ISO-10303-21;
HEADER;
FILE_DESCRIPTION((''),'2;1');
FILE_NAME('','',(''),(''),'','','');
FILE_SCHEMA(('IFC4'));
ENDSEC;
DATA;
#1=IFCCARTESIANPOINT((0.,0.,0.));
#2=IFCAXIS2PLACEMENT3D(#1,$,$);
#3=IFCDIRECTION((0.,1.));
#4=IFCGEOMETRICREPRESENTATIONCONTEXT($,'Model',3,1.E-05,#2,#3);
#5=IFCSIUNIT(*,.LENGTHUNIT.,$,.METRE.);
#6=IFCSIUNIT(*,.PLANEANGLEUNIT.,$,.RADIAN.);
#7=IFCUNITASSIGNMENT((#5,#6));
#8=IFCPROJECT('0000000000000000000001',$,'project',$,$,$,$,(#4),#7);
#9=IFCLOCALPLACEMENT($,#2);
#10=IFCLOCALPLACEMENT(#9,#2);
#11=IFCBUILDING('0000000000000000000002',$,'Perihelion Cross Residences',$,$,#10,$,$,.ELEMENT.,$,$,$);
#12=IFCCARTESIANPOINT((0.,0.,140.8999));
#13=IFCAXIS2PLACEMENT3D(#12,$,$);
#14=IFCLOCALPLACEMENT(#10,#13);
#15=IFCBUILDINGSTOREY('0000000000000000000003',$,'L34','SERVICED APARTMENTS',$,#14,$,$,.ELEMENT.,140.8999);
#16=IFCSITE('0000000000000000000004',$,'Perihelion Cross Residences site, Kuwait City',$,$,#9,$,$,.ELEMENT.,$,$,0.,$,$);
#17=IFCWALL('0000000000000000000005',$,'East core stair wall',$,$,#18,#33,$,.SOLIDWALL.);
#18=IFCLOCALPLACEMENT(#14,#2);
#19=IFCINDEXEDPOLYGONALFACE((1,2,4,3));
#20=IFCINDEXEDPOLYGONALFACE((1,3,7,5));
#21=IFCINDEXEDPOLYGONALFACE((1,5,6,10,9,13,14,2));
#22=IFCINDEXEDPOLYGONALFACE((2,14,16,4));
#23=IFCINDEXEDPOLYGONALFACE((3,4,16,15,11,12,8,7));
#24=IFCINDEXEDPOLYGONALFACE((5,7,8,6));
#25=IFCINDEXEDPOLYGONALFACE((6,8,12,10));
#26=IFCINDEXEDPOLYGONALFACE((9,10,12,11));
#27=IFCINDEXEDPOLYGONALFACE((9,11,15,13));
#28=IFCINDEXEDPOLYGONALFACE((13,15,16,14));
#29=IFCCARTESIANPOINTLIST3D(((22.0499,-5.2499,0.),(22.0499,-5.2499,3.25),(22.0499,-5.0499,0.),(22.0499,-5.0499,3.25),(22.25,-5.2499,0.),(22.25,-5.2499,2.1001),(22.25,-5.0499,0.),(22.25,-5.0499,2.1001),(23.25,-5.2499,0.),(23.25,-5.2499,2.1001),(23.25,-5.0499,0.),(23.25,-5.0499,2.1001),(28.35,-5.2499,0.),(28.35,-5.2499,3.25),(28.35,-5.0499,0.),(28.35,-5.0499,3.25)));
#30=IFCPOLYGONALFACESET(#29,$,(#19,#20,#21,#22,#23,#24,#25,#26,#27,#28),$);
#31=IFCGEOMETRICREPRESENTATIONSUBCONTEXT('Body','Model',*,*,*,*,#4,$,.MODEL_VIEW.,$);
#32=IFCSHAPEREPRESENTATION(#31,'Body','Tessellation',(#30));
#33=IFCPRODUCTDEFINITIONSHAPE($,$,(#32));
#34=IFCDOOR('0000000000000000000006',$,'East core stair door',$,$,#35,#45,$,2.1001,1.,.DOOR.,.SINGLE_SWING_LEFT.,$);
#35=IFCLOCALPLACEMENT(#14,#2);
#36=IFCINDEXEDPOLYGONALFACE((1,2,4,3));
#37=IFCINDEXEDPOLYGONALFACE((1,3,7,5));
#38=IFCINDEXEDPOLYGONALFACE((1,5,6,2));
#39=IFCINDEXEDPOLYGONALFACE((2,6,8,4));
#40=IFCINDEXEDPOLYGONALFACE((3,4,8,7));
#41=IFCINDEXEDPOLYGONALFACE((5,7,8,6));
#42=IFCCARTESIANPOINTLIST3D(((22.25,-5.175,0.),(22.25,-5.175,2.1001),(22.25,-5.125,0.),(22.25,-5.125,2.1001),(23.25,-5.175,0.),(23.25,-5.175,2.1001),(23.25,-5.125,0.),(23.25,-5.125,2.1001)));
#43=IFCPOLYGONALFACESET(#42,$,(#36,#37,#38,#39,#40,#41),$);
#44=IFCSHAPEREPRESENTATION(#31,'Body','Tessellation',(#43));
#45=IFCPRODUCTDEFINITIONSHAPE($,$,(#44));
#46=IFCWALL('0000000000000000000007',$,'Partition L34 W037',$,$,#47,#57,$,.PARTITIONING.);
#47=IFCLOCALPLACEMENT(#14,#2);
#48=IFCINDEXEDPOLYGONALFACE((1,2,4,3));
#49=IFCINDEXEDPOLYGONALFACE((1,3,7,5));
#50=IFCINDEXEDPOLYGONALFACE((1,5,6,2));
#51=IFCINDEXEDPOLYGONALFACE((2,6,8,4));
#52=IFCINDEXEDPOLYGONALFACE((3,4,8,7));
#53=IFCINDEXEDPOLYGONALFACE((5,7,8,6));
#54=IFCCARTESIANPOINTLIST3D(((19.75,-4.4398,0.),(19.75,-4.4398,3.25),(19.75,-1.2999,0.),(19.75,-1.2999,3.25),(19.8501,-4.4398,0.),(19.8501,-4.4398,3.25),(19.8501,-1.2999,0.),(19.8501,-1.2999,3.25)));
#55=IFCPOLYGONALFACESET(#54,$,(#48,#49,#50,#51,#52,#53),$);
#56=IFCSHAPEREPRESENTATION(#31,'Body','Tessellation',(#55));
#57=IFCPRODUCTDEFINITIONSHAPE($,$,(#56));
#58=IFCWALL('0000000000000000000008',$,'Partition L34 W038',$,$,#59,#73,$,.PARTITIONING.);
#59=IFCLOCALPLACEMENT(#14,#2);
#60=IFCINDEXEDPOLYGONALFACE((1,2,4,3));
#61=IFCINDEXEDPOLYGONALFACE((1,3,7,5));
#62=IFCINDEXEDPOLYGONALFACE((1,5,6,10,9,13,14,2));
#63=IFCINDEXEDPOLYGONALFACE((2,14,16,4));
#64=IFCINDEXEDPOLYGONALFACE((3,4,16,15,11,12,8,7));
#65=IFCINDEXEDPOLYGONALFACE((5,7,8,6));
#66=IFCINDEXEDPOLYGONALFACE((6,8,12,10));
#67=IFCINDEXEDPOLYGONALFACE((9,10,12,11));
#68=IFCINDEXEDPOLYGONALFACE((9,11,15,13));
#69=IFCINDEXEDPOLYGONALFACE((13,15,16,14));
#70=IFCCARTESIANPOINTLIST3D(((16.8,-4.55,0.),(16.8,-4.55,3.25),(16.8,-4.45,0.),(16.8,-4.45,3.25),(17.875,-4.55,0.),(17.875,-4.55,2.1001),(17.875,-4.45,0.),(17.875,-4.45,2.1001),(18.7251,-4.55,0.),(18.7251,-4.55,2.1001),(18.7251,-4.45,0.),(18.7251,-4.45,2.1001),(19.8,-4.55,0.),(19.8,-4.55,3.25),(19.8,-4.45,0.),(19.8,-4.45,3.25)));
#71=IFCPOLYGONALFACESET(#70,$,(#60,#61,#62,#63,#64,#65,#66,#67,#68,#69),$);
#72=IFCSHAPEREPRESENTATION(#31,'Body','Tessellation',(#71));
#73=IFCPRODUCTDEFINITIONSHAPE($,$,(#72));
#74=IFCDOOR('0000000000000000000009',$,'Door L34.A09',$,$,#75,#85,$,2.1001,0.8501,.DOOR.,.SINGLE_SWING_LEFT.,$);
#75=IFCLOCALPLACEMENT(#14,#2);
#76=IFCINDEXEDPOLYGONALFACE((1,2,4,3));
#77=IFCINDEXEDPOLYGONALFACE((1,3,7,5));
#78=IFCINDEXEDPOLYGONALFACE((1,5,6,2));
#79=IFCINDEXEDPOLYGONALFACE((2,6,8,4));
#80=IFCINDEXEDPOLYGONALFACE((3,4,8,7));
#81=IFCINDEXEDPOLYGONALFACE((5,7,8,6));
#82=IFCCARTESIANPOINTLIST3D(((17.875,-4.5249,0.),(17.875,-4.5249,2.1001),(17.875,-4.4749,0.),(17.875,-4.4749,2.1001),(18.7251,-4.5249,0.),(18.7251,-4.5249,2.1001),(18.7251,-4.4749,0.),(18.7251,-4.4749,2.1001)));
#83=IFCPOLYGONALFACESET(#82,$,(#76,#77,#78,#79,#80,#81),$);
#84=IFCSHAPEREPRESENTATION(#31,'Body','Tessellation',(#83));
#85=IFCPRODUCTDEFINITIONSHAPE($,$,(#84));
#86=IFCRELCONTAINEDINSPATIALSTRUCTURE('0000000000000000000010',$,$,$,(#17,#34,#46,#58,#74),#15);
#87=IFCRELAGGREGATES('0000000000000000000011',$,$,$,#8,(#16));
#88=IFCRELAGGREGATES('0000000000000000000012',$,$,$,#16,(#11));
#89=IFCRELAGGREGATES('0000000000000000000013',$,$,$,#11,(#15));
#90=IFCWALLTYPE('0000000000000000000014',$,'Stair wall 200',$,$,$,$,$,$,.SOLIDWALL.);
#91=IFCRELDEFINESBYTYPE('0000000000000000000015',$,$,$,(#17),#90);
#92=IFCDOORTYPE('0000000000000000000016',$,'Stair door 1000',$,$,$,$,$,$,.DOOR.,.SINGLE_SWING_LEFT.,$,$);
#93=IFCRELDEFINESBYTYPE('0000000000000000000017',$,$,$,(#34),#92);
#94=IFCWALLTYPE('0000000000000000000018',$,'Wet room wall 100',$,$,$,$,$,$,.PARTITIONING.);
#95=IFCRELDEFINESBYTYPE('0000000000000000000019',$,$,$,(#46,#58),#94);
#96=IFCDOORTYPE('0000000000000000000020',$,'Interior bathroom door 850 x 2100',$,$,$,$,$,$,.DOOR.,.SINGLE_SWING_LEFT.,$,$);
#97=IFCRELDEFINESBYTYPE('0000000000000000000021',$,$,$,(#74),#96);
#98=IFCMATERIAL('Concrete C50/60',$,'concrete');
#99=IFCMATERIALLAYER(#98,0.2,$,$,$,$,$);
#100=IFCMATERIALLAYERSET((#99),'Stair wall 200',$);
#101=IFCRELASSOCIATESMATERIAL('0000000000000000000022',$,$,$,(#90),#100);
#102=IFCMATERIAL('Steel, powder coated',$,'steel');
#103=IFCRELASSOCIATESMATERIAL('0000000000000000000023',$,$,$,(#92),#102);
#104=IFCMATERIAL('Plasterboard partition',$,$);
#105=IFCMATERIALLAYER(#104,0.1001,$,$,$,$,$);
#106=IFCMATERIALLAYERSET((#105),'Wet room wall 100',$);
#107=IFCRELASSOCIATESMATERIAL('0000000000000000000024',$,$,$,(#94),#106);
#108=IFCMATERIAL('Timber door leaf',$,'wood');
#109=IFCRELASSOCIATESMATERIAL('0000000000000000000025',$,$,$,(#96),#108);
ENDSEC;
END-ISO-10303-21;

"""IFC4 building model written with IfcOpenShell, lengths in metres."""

from ifc_helpers import new_model, si_unit, direction, frame, frame_2d, origin, place, context, subcontext, project, spatial, rectangle, extrude, material, layer, layer_set, type_object, element, fill, save


model = new_model("IFC4")

# Units and contexts
model_context = context("Model", 3, precision=1e-05, world=origin(), true_north=direction((0.0, 1.0)))
body_context = subcontext(model_context, "Body", "Model", "MODEL_VIEW")
ifc_project = project(units=[si_unit("LENGTHUNIT", "METRE"), si_unit("PLANEANGLEUNIT", "RADIAN")], contexts=[model_context])

# Site, building, storey
site_placement = place(None, origin())
site = spatial("IfcSite", under=ifc_project, at=site_placement, Name="Perihelion Cross Residences site, Kuwait City", CompositionType="ELEMENT", RefElevation=0.0)
building_placement = place(site_placement, origin())
building = spatial("IfcBuilding", under=site, at=building_placement, Name="Perihelion Cross Residences", CompositionType="ELEMENT")
storey_placement = place(building_placement, frame((0.0, 0.0, 140.8999)))
storey = spatial("IfcBuildingStorey", under=building, at=storey_placement, Name="L34", Description="SERVICED APARTMENTS", CompositionType="ELEMENT", Elevation=140.8999)

# Wall, opening, door
ifc_material_1 = material(Name="Concrete C50/60", Category="concrete")
ifc_layer_1 = layer(ifc_material_1, 0.2)
ifc_layer_set_1 = layer_set([ifc_layer_1], Name="Stair wall 200")
wall_type_1 = type_object("IfcWallType", Name="Stair wall 200", PredefinedType="SOLIDWALL", material=ifc_layer_set_1)
wall_1_placement = place(storey_placement, frame((22.05, -5.1499, 0.0), z_axis=(0.0, 0.0, 1.0), x_axis=(1.0, 0.0, 0.0)))
wall_1 = element("IfcWall", 1, at=wall_1_placement, inside=storey, type_object=wall_type_1, Name="East core stair wall", PredefinedType="SOLIDWALL", context=body_context, shape_type="SweptSolid", body=[
    extrude(rectangle(XDim=6.3, YDim=0.2, at=frame_2d((3.1499, 0.0))), origin(), (0.0, 0.0, 1.0), 3.25),
])
opening_1_placement = place(wall_1_placement, frame((0.2, 0.0, 0.0)))
opening_1 = element("IfcOpeningElement", 2, at=opening_1_placement, cuts=wall_1, PredefinedType="OPENING", context=body_context, shape_type="SweptSolid", body=[
    extrude(rectangle(XDim=1.0, YDim=2.1001, at=frame_2d((0.5, 1.05))), frame((0.0, 0.1099, 0.0), z_axis=(0.0, -1.0, 0.0), x_axis=(1.0, 0.0, 0.0)), (0.0, 0.0, 1.0), 0.22),
])
ifc_material_2 = material(Name="Steel, powder coated", Category="steel")
door_type_1 = type_object("IfcDoorType", Name="Stair door 1000", OperationType="SINGLE_SWING_LEFT", PredefinedType="DOOR", material=ifc_material_2)
door_1_placement = place(opening_1_placement, origin())
door_1 = element("IfcDoor", 3, at=door_1_placement, inside=storey, type_object=door_type_1, Name="East core stair door", OperationType="SINGLE_SWING_LEFT", OverallHeight=2.1001, OverallWidth=1.0, PredefinedType="DOOR", context=body_context, shape_type="SweptSolid", body=[
    extrude(rectangle(XDim=1.0, YDim=2.1001, at=frame_2d((0.5, 1.05))), frame((0.0, 0.0249, 0.0), z_axis=(0.0, -1.0, 0.0), x_axis=(1.0, 0.0, 0.0)), (0.0, 0.0, 1.0), 0.05),
])
fill(opening_1, door_1)

# Wall
ifc_material_3 = material(Name="Plasterboard partition")
ifc_layer_2 = layer(ifc_material_3, 0.1001)
ifc_layer_set_2 = layer_set([ifc_layer_2], Name="Wet room wall 100")
wall_type_2 = type_object("IfcWallType", Name="Wet room wall 100", PredefinedType="PARTITIONING", material=ifc_layer_set_2)
wall_2_placement = place(storey_placement, frame((19.8, -1.3, 0.0), z_axis=(0.0, 0.0, 1.0), x_axis=(0.0, -1.0, 0.0)))
element("IfcWall", 4, at=wall_2_placement, inside=storey, type_object=wall_type_2, Name="Partition L34 W037", PredefinedType="PARTITIONING", context=body_context, shape_type="SweptSolid", body=[
    extrude(rectangle(XDim=3.1399, YDim=0.1001, at=frame_2d((1.5698, 0.0))), origin(), (0.0, 0.0, 1.0), 3.25),
])

# Wall, opening, door
wall_3_placement = place(storey_placement, frame((19.8, -4.5, 0.0), z_axis=(0.0, 0.0, 1.0), x_axis=(-1.0, 0.0, 0.0)))
wall_3 = element("IfcWall", 5, at=wall_3_placement, inside=storey, type_object=wall_type_2, Name="Partition L34 W038", PredefinedType="PARTITIONING", context=body_context, shape_type="SweptSolid", body=[
    extrude(rectangle(XDim=3.0, YDim=0.1001, at=frame_2d((1.5, 0.0))), origin(), (0.0, 0.0, 1.0), 3.25),
])
opening_2_placement = place(wall_3_placement, frame((1.075, 0.0, 0.0)))
opening_2 = element("IfcOpeningElement", 6, at=opening_2_placement, cuts=wall_3, PredefinedType="OPENING", context=body_context, shape_type="SweptSolid", body=[
    extrude(rectangle(XDim=0.8501, YDim=2.1001, at=frame_2d((0.425, 1.05))), frame((0.0, 0.0601, 0.0), z_axis=(0.0, -1.0, 0.0), x_axis=(1.0, 0.0, 0.0)), (0.0, 0.0, 1.0), 0.1201),
])
ifc_material_4 = material(Name="Timber door leaf", Category="wood")
door_type_2 = type_object("IfcDoorType", Name="Interior bathroom door 850 x 2100", OperationType="SINGLE_SWING_LEFT", PredefinedType="DOOR", material=ifc_material_4)
door_2_placement = place(opening_2_placement, origin())
door_2 = element("IfcDoor", 7, at=door_2_placement, inside=storey, type_object=door_type_2, Name="Door L34.A09", OperationType="SINGLE_SWING_LEFT", OverallHeight=2.1001, OverallWidth=0.8501, PredefinedType="DOOR", context=body_context, shape_type="SweptSolid", body=[
    extrude(rectangle(XDim=0.8501, YDim=2.1001, at=frame_2d((0.425, 1.05))), frame((0.0, 0.0249, 0.0), z_axis=(0.0, -1.0, 0.0), x_axis=(1.0, 0.0, 0.0)), (0.0, 0.0, 1.0), 0.05),
])
fill(opening_2, door_2)

save(model, "model.ifc")
